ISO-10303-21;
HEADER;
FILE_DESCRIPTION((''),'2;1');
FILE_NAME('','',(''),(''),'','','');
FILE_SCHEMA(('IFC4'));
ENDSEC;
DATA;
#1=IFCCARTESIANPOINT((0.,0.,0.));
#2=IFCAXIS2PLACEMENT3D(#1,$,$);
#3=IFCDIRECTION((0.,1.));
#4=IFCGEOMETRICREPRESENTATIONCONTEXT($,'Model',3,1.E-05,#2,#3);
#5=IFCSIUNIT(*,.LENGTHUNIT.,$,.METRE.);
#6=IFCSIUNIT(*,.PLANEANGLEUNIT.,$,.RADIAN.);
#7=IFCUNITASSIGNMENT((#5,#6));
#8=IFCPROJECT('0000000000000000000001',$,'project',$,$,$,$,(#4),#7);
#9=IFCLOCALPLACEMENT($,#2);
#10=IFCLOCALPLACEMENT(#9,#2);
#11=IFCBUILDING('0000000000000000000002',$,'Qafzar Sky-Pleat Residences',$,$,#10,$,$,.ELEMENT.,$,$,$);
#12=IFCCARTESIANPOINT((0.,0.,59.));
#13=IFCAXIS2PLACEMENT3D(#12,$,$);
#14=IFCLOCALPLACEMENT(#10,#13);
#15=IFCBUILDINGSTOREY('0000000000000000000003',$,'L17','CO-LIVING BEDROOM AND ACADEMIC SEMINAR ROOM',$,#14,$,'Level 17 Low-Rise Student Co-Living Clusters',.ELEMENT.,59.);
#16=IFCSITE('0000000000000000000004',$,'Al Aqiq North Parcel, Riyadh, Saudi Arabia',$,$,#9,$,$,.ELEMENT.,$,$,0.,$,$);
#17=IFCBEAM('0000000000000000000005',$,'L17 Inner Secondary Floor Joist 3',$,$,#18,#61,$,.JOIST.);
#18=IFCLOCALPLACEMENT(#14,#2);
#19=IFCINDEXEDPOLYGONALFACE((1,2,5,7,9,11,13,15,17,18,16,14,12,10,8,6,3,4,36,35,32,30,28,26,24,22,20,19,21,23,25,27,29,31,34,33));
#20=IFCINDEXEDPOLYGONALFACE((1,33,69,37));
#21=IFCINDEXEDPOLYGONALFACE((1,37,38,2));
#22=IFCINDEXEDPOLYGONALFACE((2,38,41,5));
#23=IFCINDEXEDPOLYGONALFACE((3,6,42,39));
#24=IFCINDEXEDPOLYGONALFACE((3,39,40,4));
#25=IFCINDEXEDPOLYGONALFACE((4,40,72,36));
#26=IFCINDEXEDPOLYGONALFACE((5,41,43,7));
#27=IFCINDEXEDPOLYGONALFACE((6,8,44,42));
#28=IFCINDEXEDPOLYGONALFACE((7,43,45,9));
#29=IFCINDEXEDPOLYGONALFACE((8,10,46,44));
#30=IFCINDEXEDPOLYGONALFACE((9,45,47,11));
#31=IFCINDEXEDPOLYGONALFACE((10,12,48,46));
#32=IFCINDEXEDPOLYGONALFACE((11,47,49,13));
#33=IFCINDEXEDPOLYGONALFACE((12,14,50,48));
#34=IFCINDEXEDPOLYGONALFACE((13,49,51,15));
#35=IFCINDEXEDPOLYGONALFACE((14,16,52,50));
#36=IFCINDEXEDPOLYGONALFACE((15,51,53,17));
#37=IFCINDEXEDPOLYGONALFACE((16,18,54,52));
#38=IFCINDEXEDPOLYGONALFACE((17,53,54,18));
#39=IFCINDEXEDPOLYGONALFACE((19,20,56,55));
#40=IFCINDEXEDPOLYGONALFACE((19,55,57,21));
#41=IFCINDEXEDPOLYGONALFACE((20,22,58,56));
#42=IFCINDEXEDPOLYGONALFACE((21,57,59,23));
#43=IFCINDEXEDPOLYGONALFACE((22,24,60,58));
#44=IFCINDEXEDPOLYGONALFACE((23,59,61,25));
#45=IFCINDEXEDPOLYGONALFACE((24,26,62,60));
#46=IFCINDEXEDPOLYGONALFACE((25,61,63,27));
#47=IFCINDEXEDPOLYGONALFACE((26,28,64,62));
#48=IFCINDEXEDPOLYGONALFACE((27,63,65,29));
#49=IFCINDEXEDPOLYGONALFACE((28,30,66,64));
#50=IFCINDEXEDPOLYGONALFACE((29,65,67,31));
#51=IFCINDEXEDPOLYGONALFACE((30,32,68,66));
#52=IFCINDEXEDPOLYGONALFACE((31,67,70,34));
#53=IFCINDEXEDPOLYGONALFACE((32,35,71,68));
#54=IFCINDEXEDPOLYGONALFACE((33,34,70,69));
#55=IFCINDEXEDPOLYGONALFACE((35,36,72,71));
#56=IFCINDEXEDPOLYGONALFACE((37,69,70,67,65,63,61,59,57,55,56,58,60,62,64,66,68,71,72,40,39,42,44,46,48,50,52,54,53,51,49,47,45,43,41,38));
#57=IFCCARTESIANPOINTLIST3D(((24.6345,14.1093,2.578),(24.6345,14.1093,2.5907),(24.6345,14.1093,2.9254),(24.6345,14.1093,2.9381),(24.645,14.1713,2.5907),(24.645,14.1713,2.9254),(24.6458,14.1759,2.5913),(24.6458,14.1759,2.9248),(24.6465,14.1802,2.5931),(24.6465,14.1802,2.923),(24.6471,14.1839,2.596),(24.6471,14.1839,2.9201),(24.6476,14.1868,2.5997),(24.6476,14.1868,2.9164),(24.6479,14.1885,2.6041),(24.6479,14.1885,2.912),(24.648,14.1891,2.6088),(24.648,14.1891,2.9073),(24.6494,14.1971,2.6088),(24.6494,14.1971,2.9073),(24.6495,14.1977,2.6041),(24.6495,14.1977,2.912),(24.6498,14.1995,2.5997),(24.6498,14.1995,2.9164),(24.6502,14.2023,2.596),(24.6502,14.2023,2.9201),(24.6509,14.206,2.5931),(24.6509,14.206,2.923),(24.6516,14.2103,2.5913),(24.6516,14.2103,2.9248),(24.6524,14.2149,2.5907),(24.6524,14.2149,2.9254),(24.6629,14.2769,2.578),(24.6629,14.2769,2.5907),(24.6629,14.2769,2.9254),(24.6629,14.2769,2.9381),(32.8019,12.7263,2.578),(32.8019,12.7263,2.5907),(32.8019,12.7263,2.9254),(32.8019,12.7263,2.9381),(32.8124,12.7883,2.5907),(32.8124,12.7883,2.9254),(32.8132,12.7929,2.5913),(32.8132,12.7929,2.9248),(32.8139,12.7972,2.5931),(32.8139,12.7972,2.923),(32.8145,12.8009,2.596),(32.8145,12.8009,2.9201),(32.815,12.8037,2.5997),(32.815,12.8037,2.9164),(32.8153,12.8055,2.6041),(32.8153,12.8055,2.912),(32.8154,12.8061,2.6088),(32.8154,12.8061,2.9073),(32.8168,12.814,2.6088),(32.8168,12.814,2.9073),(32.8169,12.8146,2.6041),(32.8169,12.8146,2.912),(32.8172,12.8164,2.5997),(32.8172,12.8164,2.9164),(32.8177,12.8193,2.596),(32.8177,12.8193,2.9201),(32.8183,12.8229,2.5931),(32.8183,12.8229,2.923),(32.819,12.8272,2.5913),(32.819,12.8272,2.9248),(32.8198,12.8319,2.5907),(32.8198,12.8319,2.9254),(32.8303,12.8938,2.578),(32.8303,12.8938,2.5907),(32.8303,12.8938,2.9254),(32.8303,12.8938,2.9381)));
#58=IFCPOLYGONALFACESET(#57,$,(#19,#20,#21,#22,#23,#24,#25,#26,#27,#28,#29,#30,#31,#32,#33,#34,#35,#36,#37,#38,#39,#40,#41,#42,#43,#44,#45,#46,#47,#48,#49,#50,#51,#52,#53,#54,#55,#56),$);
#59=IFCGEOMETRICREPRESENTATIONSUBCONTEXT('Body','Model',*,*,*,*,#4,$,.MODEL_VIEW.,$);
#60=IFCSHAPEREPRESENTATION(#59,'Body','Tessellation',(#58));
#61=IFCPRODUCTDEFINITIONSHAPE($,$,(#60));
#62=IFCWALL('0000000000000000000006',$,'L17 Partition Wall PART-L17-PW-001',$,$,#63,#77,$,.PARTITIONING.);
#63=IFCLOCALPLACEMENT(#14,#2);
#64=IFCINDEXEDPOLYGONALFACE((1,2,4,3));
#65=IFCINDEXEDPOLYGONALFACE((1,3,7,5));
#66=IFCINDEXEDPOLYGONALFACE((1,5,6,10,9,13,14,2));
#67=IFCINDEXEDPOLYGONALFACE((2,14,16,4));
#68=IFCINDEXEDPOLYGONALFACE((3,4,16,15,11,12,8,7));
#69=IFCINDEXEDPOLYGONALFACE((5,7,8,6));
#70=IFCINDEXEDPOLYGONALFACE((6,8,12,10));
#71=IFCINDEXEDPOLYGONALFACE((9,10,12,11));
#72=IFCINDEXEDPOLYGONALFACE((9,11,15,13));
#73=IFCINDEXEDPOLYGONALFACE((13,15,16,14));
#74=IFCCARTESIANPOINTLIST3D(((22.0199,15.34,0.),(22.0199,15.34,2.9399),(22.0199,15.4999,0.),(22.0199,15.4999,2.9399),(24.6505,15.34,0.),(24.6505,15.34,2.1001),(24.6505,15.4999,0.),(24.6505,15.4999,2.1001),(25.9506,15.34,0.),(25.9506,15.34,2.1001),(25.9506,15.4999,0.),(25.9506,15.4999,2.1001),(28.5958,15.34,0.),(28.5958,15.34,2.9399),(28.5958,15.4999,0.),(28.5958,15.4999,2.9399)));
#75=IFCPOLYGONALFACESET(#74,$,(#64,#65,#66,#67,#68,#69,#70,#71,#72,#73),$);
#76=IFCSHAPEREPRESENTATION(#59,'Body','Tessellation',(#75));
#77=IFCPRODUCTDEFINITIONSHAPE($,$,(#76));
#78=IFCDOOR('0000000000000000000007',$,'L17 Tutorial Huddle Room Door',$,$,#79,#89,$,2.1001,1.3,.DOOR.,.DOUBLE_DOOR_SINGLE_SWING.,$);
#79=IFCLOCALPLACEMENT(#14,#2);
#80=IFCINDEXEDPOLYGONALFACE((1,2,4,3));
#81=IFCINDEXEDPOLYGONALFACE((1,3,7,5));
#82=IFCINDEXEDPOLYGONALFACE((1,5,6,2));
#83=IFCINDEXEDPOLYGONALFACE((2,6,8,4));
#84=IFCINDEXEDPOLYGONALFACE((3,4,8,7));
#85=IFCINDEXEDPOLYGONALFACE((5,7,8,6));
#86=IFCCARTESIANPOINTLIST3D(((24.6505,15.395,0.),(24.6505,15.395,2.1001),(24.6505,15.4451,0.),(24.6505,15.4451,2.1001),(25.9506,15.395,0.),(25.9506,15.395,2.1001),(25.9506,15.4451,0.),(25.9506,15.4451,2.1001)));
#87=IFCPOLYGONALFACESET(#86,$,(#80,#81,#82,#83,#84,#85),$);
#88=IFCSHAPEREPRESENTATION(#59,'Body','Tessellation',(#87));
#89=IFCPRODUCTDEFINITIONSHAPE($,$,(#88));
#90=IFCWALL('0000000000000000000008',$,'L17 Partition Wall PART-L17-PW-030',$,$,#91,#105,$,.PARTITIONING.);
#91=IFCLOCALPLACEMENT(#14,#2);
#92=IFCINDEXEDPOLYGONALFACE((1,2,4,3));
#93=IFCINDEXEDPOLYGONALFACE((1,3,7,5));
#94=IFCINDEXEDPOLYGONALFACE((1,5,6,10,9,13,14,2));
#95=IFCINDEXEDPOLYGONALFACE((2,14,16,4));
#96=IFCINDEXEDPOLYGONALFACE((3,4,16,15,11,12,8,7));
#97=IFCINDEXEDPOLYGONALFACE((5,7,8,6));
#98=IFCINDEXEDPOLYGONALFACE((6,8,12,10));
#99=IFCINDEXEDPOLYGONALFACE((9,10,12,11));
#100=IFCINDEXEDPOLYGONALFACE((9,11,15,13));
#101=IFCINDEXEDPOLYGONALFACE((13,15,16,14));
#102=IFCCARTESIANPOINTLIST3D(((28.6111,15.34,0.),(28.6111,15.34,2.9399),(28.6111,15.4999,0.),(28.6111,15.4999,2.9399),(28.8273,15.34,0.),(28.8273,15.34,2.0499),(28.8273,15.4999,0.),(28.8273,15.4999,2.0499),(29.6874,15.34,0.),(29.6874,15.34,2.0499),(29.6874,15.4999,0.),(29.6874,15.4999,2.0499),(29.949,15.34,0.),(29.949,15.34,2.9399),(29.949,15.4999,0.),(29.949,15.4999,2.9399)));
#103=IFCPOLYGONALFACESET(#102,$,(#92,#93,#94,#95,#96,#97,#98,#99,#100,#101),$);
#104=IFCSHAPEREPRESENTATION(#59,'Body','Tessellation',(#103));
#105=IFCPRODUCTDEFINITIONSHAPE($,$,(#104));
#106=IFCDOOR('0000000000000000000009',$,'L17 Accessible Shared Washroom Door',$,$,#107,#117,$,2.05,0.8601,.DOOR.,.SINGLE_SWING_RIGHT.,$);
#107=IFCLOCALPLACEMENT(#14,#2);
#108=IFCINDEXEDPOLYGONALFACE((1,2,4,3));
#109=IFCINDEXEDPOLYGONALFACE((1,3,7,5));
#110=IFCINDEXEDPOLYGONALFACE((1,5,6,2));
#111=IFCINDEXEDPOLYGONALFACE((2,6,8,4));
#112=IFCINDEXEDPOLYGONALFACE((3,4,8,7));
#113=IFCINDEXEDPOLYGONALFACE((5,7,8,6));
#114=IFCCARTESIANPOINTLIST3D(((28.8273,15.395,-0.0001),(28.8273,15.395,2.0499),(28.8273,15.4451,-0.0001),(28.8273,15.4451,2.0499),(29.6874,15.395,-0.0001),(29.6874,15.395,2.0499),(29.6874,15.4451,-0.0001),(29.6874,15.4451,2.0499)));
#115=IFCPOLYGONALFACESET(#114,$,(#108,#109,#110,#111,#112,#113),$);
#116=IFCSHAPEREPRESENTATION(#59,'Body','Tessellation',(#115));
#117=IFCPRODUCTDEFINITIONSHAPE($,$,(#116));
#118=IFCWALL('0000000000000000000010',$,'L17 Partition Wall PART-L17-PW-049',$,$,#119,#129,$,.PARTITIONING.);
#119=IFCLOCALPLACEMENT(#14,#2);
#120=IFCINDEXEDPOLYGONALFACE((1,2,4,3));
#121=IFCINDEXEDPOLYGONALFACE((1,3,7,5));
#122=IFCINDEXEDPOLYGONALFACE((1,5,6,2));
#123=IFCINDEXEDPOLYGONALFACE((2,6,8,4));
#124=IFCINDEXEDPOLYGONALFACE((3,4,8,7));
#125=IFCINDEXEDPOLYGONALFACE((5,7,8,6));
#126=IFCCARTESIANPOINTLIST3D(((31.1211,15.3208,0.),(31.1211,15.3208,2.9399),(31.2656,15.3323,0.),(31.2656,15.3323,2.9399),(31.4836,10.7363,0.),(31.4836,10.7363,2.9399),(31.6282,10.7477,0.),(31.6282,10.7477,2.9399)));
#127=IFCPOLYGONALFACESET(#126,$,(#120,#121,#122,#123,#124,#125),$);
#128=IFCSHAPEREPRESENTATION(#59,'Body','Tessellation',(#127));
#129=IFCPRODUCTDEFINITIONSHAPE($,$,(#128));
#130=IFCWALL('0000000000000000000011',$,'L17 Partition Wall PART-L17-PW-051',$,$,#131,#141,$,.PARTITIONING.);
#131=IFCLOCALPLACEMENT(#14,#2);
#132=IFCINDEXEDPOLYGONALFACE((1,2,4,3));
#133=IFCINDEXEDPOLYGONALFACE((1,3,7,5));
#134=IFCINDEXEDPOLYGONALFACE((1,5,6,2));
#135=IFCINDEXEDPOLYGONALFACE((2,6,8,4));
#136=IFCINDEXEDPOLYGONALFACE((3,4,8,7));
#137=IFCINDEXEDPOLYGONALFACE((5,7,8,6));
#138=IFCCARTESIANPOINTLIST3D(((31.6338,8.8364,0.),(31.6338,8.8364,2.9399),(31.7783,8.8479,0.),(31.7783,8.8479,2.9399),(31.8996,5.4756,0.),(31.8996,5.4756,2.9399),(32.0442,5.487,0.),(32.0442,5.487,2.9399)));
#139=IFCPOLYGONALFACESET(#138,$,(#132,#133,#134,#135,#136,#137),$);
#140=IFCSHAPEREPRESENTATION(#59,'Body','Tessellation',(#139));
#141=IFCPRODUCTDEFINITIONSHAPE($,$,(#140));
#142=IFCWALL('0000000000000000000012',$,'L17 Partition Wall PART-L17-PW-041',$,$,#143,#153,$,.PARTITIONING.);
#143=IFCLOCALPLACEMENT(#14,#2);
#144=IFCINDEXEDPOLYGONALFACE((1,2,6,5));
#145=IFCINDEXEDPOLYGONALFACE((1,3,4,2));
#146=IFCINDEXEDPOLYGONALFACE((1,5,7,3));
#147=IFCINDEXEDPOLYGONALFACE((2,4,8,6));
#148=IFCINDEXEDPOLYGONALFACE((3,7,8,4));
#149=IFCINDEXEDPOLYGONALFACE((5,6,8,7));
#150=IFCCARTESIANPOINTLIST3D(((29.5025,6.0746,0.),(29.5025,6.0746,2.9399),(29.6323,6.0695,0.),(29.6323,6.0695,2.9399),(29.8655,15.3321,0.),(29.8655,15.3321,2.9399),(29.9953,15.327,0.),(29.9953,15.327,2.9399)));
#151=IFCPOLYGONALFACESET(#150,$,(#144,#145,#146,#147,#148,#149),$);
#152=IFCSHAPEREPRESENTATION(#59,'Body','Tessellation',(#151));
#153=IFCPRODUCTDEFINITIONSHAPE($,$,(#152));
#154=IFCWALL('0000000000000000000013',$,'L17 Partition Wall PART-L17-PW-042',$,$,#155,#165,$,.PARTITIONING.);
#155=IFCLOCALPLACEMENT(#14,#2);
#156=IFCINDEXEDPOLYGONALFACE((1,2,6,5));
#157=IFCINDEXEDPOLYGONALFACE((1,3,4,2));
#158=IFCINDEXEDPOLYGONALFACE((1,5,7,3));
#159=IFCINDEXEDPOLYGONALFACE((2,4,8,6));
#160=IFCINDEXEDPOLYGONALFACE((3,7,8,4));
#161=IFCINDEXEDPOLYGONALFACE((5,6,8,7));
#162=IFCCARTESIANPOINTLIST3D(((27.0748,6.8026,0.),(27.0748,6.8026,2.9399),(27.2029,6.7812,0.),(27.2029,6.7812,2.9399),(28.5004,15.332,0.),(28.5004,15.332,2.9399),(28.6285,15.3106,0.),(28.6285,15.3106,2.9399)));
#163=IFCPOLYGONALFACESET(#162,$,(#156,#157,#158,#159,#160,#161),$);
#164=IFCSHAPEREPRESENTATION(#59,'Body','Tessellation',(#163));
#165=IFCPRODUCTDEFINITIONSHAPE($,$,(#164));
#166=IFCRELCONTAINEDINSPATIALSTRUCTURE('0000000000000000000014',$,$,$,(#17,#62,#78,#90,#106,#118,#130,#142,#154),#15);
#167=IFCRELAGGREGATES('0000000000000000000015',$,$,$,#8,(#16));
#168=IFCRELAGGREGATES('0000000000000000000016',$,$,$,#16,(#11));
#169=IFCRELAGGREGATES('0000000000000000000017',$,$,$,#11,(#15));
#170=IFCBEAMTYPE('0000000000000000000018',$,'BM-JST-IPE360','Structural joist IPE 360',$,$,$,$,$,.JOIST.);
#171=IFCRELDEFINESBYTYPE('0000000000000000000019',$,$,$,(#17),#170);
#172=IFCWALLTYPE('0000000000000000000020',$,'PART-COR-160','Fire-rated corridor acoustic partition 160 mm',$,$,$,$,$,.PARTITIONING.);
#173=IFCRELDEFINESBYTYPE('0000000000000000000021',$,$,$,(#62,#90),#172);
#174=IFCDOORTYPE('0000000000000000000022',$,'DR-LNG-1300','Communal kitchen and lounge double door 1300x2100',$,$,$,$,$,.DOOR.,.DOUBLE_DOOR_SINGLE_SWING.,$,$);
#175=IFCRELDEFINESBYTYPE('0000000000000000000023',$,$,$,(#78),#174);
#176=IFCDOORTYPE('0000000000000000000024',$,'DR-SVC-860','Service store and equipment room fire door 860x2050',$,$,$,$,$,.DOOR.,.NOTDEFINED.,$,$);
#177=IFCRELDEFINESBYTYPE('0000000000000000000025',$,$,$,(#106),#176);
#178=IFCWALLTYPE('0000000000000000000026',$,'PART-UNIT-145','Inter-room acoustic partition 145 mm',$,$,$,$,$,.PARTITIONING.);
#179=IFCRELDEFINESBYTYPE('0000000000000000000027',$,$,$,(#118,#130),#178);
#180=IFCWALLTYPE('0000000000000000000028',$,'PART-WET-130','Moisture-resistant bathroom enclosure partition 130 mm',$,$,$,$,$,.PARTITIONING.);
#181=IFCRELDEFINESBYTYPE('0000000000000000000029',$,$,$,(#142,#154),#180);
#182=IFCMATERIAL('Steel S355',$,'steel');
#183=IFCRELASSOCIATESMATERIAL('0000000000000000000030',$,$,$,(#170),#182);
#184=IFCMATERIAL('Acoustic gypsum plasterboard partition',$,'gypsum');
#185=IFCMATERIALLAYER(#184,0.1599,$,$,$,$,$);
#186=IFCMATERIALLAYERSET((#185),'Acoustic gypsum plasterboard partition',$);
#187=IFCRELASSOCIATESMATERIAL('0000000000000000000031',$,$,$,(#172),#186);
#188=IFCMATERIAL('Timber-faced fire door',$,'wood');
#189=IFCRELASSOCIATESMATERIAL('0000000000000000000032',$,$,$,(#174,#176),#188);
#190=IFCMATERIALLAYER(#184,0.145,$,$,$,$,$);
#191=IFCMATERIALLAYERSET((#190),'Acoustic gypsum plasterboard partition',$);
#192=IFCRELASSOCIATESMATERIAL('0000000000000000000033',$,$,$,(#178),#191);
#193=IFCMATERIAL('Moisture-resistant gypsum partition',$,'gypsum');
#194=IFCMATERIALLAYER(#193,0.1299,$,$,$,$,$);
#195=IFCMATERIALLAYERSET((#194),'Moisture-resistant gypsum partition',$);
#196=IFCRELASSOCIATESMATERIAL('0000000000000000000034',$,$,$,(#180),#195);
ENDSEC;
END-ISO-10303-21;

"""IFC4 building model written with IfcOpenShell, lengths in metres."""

from ifc_helpers import new_model, si_unit, direction, frame, frame_2d, origin, origin_2d, place, context, subcontext, project, spatial, rectangle, i_section, extrude, source, transform, mapped, material, layer, layer_set, material_profile, profile_set, type_object, element, fill, save


model = new_model("IFC4")

# Units and contexts
model_context = context("Model", 3, precision=1e-05, world=origin(), true_north=direction((0.0, 1.0)))
body_context = subcontext(model_context, "Body", "Model", "MODEL_VIEW")
ifc_project = project(units=[si_unit("LENGTHUNIT", "METRE"), si_unit("PLANEANGLEUNIT", "RADIAN")], contexts=[model_context])

# Site, building, storey
site_placement = place(None, origin())
site = spatial("IfcSite", under=ifc_project, at=site_placement, Name="Al Aqiq North Parcel, Riyadh, Saudi Arabia", CompositionType="ELEMENT", RefElevation=0.0)
building_placement = place(site_placement, origin())
building = spatial("IfcBuilding", under=site, at=building_placement, Name="Qafzar Sky-Pleat Residences", CompositionType="ELEMENT")
storey_placement = place(building_placement, frame((0.0, 0.0, 59.0)))
storey = spatial("IfcBuildingStorey", under=building, at=storey_placement, Name="L17", Description="CO-LIVING BEDROOM AND ACADEMIC SEMINAR ROOM", LongName="Level 17 Low-Rise Student Co-Living Clusters", CompositionType="ELEMENT", Elevation=59.0)

# Beam
ifc_material_1 = material(Name="Steel S355", Category="steel")
ifc_material_profile_1 = material_profile(ifc_material_1, i_section(OverallWidth=0.1699, OverallDepth=0.3601, WebThickness=0.0081, FlangeThickness=0.0127, FilletRadius=0.0181, at=origin_2d()), Name="IPE 360")
ifc_profile_set_1 = profile_set([ifc_material_profile_1], Name="Steel S355")
beam_type_1 = type_object("IfcBeamType", Name="BM-JST-IPE360", Description="Structural joist IPE 360", PredefinedType="JOIST", material=ifc_profile_set_1)
shared_shape_1 = source(origin(), body_context, "Body", "SweptSolid", [
    extrude(i_section(OverallWidth=0.1699, OverallDepth=0.3601, WebThickness=0.0081, FlangeThickness=0.0127, FilletRadius=0.0181, at=origin_2d()), origin(), (0.0, 0.0, 1.0), 8.2837),
])
beam_1_placement = place(storey_placement, frame((24.6487, 14.1931, 2.7581), z_axis=(0.985964, -0.16696, 0.0), x_axis=(0.16696, 0.985964, 0.0)))
element("IfcBeam", 1, at=beam_1_placement, inside=storey, type_object=beam_type_1, Name="L17 Inner Secondary Floor Joist 3", PredefinedType="JOIST", context=body_context, shape_type="MappedRepresentation", body=[
    mapped(shared_shape_1, transform((0.0, 0.0, 0.0), x_axis=(1.0, 0.0, 0.0), y_axis=(0.0, 1.0, 0.0), z_axis=(0.0, 0.0, 1.0), scale=1.0)),
])

# Walls, openings, doors
ifc_material_2 = material(Name="Acoustic gypsum plasterboard partition", Category="gypsum")
ifc_layer_1 = layer(ifc_material_2, 0.1599)
ifc_layer_set_1 = layer_set([ifc_layer_1], Name="Acoustic gypsum plasterboard partition")
wall_type_1 = type_object("IfcWallType", Name="PART-COR-160", Description="Fire-rated corridor acoustic partition 160 mm", PredefinedType="PARTITIONING", material=ifc_layer_set_1)
wall_1_placement = place(storey_placement, frame((28.5959, 15.4199, 0.0), z_axis=(0.0, 0.0, 1.0), x_axis=(-1.0, 0.0, 0.0)))
wall_1 = element("IfcWall", 2, at=wall_1_placement, inside=storey, type_object=wall_type_1, Name="L17 Partition Wall PART-L17-PW-001", PredefinedType="PARTITIONING", context=body_context, shape_type="SweptSolid", body=[
    extrude(rectangle(XDim=6.5759, YDim=0.1599, at=frame_2d((3.2881, 0.0))), origin(), (0.0, 0.0, 1.0), 2.9399),
])
opening_1_placement = place(wall_1_placement, frame((2.6455, 0.0, 0.0)))
opening_1 = element("IfcOpeningElement", 3, at=opening_1_placement, cuts=wall_1, PredefinedType="OPENING", context=body_context, shape_type="SweptSolid", body=[
    extrude(rectangle(XDim=1.3, YDim=2.1001, at=frame_2d((0.6499, 1.05))), frame((0.0, 0.0898, 0.0), z_axis=(0.0, -1.0, 0.0), x_axis=(1.0, 0.0, 0.0)), (0.0, 0.0, 1.0), 0.1799),
])
ifc_material_3 = material(Name="Timber-faced fire door", Category="wood")
door_type_1 = type_object("IfcDoorType", Name="DR-LNG-1300", Description="Communal kitchen and lounge double door 1300x2100", OperationType="DOUBLE_DOOR_SINGLE_SWING", PredefinedType="DOOR", material=ifc_material_3)
shared_shape_2 = source(origin(), body_context, "Body", "SweptSolid", [
    extrude(rectangle(XDim=1.3, YDim=2.1001, at=frame_2d((0.6499, 1.05))), frame((0.0, 0.0249, 0.0), z_axis=(0.0, -1.0, 0.0), x_axis=(1.0, 0.0, 0.0)), (0.0, 0.0, 1.0), 0.05),
])
door_1_placement = place(opening_1_placement, origin())
door_1 = element("IfcDoor", 4, at=door_1_placement, inside=storey, type_object=door_type_1, Name="L17 Tutorial Huddle Room Door", OperationType="DOUBLE_DOOR_SINGLE_SWING", OverallHeight=2.1001, OverallWidth=1.3, PredefinedType="DOOR", context=body_context, shape_type="MappedRepresentation", body=[
    mapped(shared_shape_2, transform((0.0, 0.0, 0.0), x_axis=(1.0, 0.0, 0.0), y_axis=(0.0, 1.0, 0.0), z_axis=(0.0, 0.0, 1.0), scale=1.0)),
])
fill(opening_1, door_1)
wall_2_placement = place(storey_placement, frame((29.949, 15.4199, 0.0), z_axis=(0.0, 0.0, 1.0), x_axis=(-1.0, 0.0, 0.0)))
wall_2 = element("IfcWall", 5, at=wall_2_placement, inside=storey, type_object=wall_type_1, Name="L17 Partition Wall PART-L17-PW-030", PredefinedType="PARTITIONING", context=body_context, shape_type="SweptSolid", body=[
    extrude(rectangle(XDim=1.3379, YDim=0.1599, at=frame_2d((0.6689, 0.0))), origin(), (0.0, 0.0, 1.0), 2.9399),
])
opening_2_placement = place(wall_2_placement, frame((0.2615, 0.0, 0.0)))
opening_2 = element("IfcOpeningElement", 6, at=opening_2_placement, cuts=wall_2, PredefinedType="OPENING", context=body_context, shape_type="SweptSolid", body=[
    extrude(rectangle(XDim=0.8601, YDim=2.05, at=frame_2d((0.4302, 1.0249))), frame((0.0, 0.0898, 0.0), z_axis=(0.0, -1.0, 0.0), x_axis=(1.0, 0.0, 0.0)), (0.0, 0.0, 1.0), 0.1799),
])
door_type_2 = type_object("IfcDoorType", Name="DR-SVC-860", Description="Service store and equipment room fire door 860x2050", OperationType="NOTDEFINED", PredefinedType="DOOR", material=ifc_material_3)
shared_shape_3 = source(origin(), body_context, "Body", "SweptSolid", [
    extrude(rectangle(XDim=0.8601, YDim=2.05, at=frame_2d((0.4302, 1.0249))), frame((0.0, 0.0249, 0.0), z_axis=(0.0, -1.0, 0.0), x_axis=(1.0, 0.0, 0.0)), (0.0, 0.0, 1.0), 0.05),
])
door_2_placement = place(opening_2_placement, origin())
door_2 = element("IfcDoor", 7, at=door_2_placement, inside=storey, type_object=door_type_2, Name="L17 Accessible Shared Washroom Door", OperationType="SINGLE_SWING_RIGHT", OverallHeight=2.05, OverallWidth=0.8601, PredefinedType="DOOR", context=body_context, shape_type="MappedRepresentation", body=[
    mapped(shared_shape_3, transform((0.0, 0.0, 0.0), x_axis=(1.0, 0.0, 0.0), y_axis=(0.0, 1.0, 0.0), z_axis=(0.0, 0.0, 1.0), scale=1.0)),
])
fill(opening_2, door_2)

# Walls
ifc_layer_2 = layer(ifc_material_2, 0.145)
ifc_layer_set_2 = layer_set([ifc_layer_2], Name="Acoustic gypsum plasterboard partition")
wall_type_2 = type_object("IfcWallType", Name="PART-UNIT-145", Description="Inter-room acoustic partition 145 mm", PredefinedType="PARTITIONING", material=ifc_layer_set_2)
wall_3_placement = place(storey_placement, frame((31.1934, 15.3264, 0.0), z_axis=(0.0, 0.0, 1.0), x_axis=(0.078836, -0.996888, 0.0)))
element("IfcWall", 8, at=wall_3_placement, inside=storey, type_object=wall_type_2, Name="L17 Partition Wall PART-L17-PW-049", PredefinedType="PARTITIONING", context=body_context, shape_type="SweptSolid", body=[
    extrude(rectangle(XDim=4.5989, YDim=0.145, at=frame_2d((2.2993, 0.0))), origin(), (0.0, 0.0, 1.0), 2.9399),
])
wall_4_placement = place(storey_placement, frame((31.7061, 8.842, 0.0), z_axis=(0.0, 0.0, 1.0), x_axis=(0.078862, -0.996886, 0.0)))
element("IfcWall", 9, at=wall_4_placement, inside=storey, type_object=wall_type_2, Name="L17 Partition Wall PART-L17-PW-051", PredefinedType="PARTITIONING", context=body_context, shape_type="SweptSolid", body=[
    extrude(rectangle(XDim=3.3713, YDim=0.145, at=frame_2d((1.6855, 0.0))), origin(), (0.0, 0.0, 1.0), 2.9399),
])
ifc_material_4 = material(Name="Moisture-resistant gypsum partition", Category="gypsum")
ifc_layer_3 = layer(ifc_material_4, 0.1299)
ifc_layer_set_3 = layer_set([ifc_layer_3], Name="Moisture-resistant gypsum partition")
wall_type_3 = type_object("IfcWallType", Name="PART-WET-130", Description="Moisture-resistant bathroom enclosure partition 130 mm", PredefinedType="PARTITIONING", material=ifc_layer_set_3)
wall_5_placement = place(storey_placement, frame((29.5674, 6.072, 0.0), z_axis=(0.0, 0.0, 1.0), x_axis=(0.039185, 0.999232, 0.0)))
element("IfcWall", 10, at=wall_5_placement, inside=storey, type_object=wall_type_3, Name="L17 Partition Wall PART-L17-PW-041", PredefinedType="PARTITIONING", context=body_context, shape_type="SweptSolid", body=[
    extrude(rectangle(XDim=9.2646, YDim=0.1299, at=frame_2d((4.6323, 0.0))), origin(), (0.0, 0.0, 1.0), 2.9399),
])
wall_6_placement = place(storey_placement, frame((27.1389, 6.792, 0.0), z_axis=(0.0, 0.0, 1.0), x_axis=(0.164848, 0.986319, 0.0)))
element("IfcWall", 11, at=wall_6_placement, inside=storey, type_object=wall_type_3, Name="L17 Partition Wall PART-L17-PW-042", PredefinedType="PARTITIONING", context=body_context, shape_type="SweptSolid", body=[
    extrude(rectangle(XDim=8.6477, YDim=0.1299, at=frame_2d((4.3237, 0.0))), origin(), (0.0, 0.0, 1.0), 2.9399),
])

save(model, "model.ifc")
